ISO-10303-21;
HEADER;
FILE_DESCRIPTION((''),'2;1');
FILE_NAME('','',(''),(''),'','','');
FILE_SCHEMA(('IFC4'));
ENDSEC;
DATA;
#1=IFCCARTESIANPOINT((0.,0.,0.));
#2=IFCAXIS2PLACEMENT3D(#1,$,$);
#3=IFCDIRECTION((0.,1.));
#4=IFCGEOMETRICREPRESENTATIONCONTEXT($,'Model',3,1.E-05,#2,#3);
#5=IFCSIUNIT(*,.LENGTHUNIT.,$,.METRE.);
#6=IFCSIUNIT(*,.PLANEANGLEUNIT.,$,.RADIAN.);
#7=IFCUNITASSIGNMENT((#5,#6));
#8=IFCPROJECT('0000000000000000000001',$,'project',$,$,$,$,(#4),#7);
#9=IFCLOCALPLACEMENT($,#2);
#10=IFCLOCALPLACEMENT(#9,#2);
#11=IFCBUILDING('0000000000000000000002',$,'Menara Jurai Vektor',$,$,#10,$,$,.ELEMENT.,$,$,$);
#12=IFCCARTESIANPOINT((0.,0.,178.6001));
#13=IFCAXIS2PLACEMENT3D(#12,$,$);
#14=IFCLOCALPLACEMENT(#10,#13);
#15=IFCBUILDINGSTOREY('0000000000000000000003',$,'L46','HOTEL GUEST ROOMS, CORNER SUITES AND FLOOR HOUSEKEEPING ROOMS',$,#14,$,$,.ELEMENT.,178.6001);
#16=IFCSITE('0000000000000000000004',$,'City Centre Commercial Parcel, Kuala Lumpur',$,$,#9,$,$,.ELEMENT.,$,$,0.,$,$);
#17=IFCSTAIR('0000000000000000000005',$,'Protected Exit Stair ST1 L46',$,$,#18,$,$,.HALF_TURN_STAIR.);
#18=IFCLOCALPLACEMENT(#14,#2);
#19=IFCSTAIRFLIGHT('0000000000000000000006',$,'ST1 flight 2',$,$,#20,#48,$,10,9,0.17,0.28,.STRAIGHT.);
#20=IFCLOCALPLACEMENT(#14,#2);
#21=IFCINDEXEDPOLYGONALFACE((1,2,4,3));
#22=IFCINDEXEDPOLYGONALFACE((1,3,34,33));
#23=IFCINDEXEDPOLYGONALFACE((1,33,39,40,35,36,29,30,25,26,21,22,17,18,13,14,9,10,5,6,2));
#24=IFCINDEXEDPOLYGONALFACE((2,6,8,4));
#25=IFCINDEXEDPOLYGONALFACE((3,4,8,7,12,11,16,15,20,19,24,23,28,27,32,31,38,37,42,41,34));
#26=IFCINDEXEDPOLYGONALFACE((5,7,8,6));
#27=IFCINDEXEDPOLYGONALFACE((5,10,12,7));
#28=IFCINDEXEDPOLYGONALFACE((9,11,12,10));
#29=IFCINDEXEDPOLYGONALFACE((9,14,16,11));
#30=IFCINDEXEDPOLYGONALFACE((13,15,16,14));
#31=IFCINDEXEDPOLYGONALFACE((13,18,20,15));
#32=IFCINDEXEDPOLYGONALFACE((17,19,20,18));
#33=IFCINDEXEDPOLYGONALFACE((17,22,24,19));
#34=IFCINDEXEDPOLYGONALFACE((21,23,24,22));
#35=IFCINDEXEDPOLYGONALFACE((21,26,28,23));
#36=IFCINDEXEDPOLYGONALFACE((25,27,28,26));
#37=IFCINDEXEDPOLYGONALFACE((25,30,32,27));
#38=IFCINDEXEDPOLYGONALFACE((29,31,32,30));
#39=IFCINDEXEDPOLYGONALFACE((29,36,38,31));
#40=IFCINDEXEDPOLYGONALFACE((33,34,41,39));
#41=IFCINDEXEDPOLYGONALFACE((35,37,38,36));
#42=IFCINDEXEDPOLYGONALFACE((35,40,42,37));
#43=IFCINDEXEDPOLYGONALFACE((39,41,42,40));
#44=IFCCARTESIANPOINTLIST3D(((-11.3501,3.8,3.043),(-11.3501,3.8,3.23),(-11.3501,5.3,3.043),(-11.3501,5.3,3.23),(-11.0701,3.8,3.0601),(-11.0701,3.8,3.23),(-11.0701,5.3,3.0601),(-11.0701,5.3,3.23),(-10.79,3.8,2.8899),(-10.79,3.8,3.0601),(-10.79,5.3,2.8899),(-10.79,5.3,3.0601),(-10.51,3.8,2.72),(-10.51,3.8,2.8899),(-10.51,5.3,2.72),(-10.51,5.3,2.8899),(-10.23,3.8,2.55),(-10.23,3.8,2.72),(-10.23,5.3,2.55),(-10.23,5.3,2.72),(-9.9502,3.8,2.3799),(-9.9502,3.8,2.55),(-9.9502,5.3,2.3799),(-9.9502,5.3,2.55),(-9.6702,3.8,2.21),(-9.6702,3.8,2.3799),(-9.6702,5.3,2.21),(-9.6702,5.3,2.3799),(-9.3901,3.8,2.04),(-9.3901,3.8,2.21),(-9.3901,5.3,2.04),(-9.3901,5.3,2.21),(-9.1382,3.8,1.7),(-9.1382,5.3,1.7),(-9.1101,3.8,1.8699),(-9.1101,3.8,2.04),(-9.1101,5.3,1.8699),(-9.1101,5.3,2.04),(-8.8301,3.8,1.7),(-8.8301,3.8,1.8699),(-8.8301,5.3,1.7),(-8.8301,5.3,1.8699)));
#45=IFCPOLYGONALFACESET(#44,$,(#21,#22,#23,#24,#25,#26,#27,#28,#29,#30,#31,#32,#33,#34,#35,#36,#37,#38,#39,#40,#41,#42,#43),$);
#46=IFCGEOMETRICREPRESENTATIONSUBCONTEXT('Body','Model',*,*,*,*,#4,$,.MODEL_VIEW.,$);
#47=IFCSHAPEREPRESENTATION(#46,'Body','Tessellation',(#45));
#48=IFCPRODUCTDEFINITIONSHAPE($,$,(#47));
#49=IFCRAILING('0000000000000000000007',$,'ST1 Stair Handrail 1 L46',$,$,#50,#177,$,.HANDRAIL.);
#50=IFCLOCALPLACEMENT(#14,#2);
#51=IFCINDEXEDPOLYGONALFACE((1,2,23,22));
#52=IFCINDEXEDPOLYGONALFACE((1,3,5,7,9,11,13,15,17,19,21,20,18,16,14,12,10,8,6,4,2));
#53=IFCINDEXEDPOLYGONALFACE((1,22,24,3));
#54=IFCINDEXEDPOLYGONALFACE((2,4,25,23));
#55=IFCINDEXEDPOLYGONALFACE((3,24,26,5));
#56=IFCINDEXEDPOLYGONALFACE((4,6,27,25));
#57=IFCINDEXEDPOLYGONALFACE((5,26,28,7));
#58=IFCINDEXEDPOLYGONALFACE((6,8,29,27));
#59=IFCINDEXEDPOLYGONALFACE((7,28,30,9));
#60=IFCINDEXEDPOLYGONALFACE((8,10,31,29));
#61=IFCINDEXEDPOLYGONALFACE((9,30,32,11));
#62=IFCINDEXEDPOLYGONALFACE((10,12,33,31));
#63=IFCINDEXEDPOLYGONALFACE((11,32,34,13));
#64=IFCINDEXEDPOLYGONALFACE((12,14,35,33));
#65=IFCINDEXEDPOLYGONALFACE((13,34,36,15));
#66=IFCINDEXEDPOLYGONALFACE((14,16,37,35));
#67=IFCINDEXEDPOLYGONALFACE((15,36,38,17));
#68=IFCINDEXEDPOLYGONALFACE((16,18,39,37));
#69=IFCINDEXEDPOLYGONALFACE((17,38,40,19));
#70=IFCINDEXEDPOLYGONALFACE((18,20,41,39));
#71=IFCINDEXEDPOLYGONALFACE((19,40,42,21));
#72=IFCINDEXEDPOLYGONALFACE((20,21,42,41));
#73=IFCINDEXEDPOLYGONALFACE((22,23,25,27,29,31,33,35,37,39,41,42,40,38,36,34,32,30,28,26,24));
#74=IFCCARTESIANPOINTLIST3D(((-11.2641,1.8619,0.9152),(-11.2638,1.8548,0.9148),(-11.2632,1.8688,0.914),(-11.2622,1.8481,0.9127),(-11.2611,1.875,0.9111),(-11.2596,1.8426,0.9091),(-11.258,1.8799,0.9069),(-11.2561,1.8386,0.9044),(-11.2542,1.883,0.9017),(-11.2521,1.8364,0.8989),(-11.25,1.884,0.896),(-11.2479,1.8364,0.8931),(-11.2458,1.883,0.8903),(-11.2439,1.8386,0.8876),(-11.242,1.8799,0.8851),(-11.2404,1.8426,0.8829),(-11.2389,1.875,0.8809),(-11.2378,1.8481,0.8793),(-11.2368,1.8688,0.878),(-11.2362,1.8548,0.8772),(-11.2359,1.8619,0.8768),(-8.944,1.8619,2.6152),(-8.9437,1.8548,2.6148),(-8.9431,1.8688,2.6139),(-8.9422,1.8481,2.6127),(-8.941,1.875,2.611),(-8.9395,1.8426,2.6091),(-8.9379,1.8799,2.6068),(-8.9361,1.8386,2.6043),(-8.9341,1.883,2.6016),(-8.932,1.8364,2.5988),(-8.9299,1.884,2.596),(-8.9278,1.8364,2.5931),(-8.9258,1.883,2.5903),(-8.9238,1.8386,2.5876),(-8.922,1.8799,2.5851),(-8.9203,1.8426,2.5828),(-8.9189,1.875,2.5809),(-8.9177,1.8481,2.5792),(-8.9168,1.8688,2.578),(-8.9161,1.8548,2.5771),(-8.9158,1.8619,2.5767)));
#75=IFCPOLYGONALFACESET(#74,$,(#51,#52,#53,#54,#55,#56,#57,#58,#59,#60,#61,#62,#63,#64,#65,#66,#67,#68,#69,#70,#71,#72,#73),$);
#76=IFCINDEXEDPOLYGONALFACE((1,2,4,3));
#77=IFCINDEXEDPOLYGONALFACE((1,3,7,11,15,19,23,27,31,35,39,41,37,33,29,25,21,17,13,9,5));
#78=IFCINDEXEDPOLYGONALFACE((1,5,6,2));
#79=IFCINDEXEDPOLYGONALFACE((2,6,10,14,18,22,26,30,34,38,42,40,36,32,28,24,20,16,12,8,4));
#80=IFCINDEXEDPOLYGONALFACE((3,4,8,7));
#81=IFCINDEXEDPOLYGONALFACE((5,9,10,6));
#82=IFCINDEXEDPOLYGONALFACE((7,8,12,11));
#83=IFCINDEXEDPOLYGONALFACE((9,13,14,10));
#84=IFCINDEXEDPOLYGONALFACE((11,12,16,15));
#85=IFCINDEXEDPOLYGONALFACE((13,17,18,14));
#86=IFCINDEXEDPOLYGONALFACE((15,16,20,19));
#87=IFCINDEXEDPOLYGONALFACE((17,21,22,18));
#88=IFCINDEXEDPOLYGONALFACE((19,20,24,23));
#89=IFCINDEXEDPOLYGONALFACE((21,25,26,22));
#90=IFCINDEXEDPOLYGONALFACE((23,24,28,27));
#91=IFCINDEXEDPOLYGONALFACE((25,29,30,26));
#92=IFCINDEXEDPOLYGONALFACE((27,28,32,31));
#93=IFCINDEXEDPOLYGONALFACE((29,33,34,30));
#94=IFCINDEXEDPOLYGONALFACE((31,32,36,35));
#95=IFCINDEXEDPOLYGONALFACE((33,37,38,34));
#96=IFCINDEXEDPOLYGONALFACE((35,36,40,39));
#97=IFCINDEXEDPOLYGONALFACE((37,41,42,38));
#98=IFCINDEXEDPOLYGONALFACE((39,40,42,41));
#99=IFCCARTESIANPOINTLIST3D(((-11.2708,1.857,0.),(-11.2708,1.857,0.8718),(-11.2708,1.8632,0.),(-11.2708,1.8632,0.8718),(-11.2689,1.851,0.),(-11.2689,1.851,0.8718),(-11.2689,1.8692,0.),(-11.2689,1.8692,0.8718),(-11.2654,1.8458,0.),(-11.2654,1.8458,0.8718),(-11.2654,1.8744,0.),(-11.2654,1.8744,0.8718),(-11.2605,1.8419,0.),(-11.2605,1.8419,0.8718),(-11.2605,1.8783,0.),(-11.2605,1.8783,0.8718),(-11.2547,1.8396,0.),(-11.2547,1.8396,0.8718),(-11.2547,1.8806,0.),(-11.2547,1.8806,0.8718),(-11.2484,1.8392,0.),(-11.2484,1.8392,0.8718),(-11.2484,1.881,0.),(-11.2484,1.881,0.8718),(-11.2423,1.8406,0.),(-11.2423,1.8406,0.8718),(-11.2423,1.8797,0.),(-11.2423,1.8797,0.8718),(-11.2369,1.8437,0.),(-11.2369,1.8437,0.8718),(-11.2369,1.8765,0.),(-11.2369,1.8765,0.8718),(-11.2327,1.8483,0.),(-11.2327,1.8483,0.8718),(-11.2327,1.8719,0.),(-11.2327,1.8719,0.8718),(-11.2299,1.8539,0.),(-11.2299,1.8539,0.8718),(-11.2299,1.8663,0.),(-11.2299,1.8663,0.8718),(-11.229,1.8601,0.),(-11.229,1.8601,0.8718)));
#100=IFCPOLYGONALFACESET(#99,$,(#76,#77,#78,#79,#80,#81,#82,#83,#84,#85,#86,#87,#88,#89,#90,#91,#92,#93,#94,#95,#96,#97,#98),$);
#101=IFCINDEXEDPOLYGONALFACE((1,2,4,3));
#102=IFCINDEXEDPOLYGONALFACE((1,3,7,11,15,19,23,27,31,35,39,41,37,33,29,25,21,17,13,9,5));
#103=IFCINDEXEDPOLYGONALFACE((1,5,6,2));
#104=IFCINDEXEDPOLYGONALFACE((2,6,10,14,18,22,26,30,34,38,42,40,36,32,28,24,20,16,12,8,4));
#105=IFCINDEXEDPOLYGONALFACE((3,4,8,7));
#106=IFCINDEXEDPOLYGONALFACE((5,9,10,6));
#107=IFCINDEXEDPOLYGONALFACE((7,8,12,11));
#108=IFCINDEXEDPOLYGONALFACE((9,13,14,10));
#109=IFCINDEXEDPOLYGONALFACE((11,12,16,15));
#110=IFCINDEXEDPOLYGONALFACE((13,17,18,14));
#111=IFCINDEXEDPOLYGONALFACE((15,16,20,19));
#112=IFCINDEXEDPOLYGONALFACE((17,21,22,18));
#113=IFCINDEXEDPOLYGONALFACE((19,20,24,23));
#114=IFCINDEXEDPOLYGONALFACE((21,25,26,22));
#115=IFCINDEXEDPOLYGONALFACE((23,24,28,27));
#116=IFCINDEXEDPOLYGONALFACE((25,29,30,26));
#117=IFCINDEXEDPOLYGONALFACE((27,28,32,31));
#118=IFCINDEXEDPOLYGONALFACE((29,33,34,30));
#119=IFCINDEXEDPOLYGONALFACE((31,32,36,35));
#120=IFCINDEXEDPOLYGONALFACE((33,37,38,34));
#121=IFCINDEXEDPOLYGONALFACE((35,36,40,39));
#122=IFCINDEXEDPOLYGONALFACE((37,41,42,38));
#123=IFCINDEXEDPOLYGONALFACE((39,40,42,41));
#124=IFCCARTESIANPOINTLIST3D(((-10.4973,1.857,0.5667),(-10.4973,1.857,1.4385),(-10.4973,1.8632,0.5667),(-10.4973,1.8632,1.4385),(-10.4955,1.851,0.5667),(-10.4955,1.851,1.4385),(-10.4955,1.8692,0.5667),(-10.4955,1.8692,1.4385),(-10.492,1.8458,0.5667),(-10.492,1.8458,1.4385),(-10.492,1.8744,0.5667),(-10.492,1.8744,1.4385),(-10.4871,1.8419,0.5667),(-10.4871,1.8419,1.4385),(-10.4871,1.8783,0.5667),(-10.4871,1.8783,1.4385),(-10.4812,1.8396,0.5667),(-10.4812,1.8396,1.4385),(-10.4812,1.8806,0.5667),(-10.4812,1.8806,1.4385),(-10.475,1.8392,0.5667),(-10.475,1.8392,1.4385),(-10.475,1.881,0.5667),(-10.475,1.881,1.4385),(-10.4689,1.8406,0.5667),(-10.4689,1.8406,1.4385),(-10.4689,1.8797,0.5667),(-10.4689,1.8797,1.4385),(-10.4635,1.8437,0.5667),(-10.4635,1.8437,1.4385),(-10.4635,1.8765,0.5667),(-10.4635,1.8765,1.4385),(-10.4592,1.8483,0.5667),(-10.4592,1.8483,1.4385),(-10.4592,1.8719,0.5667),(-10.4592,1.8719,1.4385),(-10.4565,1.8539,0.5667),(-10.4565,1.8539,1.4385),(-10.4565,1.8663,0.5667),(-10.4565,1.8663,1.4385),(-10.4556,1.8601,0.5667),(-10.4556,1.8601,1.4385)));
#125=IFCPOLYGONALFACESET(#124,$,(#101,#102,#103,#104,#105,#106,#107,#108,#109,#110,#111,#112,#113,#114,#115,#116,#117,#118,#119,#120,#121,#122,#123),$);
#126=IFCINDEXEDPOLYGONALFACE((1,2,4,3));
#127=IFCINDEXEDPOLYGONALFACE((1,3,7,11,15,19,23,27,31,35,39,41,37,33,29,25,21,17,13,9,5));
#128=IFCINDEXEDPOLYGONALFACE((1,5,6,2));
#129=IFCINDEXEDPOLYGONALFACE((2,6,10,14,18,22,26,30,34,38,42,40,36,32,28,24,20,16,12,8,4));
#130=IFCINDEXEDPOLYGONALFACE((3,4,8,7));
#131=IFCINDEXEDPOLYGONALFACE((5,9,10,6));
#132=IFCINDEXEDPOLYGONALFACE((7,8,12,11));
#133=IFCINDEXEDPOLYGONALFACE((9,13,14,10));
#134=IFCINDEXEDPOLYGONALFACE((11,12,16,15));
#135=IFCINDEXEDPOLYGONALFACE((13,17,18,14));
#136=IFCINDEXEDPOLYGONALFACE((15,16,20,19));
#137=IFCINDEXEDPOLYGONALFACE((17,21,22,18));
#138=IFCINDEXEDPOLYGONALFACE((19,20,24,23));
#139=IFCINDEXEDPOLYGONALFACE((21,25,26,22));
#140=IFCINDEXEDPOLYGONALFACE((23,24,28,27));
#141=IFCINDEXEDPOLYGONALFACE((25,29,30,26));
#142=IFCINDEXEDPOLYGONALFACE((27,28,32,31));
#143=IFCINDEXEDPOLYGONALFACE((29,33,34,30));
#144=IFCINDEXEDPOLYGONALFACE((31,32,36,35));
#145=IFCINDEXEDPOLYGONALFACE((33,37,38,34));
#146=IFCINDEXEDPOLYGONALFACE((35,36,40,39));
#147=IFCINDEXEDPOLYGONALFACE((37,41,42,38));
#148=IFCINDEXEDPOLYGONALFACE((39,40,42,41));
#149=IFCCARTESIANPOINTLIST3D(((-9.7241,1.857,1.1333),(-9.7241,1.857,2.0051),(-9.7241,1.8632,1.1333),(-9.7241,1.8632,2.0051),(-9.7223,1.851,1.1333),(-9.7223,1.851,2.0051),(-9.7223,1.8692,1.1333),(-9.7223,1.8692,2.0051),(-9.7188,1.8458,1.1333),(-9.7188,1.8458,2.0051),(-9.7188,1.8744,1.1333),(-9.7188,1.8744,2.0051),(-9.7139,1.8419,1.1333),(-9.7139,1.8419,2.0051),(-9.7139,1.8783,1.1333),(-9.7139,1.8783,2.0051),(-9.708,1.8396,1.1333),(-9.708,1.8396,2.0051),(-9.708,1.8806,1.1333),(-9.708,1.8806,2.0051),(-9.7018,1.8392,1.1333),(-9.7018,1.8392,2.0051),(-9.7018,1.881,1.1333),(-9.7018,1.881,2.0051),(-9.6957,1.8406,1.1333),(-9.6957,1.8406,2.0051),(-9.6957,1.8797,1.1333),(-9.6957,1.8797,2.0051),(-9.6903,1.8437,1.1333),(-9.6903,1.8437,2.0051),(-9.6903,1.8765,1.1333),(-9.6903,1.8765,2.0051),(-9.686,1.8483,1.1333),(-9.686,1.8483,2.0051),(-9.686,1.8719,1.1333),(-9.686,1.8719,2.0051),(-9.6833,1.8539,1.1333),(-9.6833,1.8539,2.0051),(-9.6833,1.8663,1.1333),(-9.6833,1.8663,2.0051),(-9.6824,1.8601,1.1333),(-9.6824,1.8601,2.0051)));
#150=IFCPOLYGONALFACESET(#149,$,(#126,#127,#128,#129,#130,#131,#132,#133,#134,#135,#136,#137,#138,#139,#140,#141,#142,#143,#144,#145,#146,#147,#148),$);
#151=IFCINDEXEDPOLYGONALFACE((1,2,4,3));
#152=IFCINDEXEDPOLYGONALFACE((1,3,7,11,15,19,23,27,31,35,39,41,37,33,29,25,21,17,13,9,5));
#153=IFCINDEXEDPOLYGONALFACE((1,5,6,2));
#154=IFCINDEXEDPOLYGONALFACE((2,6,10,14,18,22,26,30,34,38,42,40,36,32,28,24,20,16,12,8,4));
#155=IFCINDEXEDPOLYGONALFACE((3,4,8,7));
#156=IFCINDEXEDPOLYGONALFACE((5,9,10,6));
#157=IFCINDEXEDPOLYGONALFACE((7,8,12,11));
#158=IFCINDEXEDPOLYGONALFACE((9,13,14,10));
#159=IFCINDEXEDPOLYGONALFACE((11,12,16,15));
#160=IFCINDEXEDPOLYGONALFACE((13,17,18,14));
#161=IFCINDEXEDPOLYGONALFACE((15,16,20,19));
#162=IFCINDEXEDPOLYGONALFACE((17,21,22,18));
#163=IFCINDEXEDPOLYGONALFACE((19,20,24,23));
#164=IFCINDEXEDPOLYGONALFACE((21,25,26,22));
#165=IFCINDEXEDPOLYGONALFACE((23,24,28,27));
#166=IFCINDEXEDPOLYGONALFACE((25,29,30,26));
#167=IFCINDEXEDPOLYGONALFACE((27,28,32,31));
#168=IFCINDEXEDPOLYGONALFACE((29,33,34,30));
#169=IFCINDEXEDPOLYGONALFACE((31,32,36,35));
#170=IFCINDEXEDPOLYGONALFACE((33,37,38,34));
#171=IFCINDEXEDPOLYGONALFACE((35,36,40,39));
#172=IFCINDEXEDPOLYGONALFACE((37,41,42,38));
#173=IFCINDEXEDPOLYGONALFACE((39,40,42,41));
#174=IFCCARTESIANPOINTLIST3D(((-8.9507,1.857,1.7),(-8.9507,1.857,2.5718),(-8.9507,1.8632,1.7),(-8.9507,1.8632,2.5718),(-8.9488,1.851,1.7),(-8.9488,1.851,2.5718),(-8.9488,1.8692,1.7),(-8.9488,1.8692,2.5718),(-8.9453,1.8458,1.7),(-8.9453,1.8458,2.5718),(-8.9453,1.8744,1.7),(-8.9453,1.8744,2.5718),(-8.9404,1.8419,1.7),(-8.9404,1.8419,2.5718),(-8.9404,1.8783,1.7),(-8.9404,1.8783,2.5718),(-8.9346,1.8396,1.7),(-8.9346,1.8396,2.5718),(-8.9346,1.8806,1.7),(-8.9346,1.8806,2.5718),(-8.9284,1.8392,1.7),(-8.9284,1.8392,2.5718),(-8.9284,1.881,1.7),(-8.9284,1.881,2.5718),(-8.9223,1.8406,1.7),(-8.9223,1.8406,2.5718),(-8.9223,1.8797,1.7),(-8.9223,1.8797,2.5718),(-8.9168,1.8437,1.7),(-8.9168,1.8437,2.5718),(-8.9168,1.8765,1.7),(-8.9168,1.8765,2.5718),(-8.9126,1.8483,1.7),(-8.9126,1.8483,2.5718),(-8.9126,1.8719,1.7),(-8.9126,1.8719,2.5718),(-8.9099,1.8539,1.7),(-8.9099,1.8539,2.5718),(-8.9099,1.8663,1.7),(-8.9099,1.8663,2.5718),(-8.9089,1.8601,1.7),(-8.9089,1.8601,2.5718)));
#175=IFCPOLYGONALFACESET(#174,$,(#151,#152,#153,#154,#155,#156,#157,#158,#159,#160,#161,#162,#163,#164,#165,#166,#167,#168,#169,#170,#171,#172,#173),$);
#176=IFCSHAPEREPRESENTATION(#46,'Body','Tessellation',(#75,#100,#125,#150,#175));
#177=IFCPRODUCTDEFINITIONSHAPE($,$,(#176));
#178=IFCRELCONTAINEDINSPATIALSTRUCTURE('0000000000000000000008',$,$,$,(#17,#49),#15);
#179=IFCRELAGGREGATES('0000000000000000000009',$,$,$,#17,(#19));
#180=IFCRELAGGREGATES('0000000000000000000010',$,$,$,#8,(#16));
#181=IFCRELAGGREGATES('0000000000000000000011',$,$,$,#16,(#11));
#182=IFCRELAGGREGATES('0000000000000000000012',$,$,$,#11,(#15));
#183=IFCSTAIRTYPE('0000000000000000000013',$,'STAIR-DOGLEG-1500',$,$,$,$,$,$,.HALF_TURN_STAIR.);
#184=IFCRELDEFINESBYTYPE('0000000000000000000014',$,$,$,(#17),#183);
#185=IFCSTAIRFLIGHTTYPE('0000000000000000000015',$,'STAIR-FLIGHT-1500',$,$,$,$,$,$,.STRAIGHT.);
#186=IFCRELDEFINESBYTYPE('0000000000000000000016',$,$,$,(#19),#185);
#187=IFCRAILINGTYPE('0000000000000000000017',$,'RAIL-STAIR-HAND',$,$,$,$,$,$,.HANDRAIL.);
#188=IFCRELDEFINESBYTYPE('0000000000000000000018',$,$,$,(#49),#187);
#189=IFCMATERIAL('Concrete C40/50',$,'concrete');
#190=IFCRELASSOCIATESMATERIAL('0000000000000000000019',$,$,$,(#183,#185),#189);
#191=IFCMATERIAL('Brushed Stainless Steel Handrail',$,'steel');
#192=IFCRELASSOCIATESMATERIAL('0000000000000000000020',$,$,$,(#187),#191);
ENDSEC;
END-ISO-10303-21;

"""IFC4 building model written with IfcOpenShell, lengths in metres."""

from ifc_helpers import new_model, si_unit, direction, frame, origin, origin_2d, place, context, subcontext, project, spatial, polyline, circle, outline, extrude, material, type_object, element, aggregate, save


model = new_model("IFC4")

# Units and contexts
model_context = context("Model", 3, precision=1e-05, world=origin(), true_north=direction((0.0, 1.0)))
body_context = subcontext(model_context, "Body", "Model", "MODEL_VIEW")
ifc_project = project(units=[si_unit("LENGTHUNIT", "METRE"), si_unit("PLANEANGLEUNIT", "RADIAN")], contexts=[model_context])

# Site, building, storey
site_placement = place(None, origin())
site = spatial("IfcSite", under=ifc_project, at=site_placement, Name="City Centre Commercial Parcel, Kuala Lumpur", CompositionType="ELEMENT", RefElevation=0.0)
building_placement = place(site_placement, origin())
building = spatial("IfcBuilding", under=site, at=building_placement, Name="Menara Jurai Vektor", CompositionType="ELEMENT")
storey_placement = place(building_placement, frame((0.0, 0.0, 178.6001)))
storey = spatial("IfcBuildingStorey", under=building, at=storey_placement, Name="L46", Description="HOTEL GUEST ROOMS, CORNER SUITES AND FLOOR HOUSEKEEPING ROOMS", CompositionType="ELEMENT", Elevation=178.6001)

# Shared definitions
ifc_material_1 = material(Name="Concrete C40/50", Category="concrete")

# Stair, stair flight
stair_type = type_object("IfcStairType", Name="STAIR-DOGLEG-1500", PredefinedType="HALF_TURN_STAIR", material=ifc_material_1)
stair_placement = place(storey_placement, origin())
stair = element("IfcStair", 1, at=stair_placement, inside=storey, type_object=stair_type, Name="Protected Exit Stair ST1 L46", PredefinedType="HALF_TURN_STAIR")
stair_flight_type = type_object("IfcStairFlightType", Name="STAIR-FLIGHT-1500", PredefinedType="STRAIGHT", material=ifc_material_1)
stair_flight_1_placement = place(storey_placement, frame((-8.8301, 4.55, 1.7), z_axis=(0.0, 0.0, 1.0), x_axis=(-1.0, 0.0, 0.0)))
stair_flight_1 = element("IfcStairFlight", 2, at=stair_flight_1_placement, type_object=stair_flight_type, Name="ST1 flight 2", NumberOfRisers=10, NumberOfTreads=9, PredefinedType="STRAIGHT", RiserHeight=0.17, TreadLength=0.28, context=body_context, shape_type="SweptSolid", body=[
    extrude(outline(polyline([(0.0, 0.0), (0.0, 0.1699), (0.28, 0.1699), (0.28, 0.3401), (0.5601, 0.3401), (0.5601, 0.51), (0.8401, 0.51), (0.8401, 0.6799), (1.1201, 0.6799), (1.1201, 0.8501), (1.3999, 0.8501), (1.3999, 1.02), (1.6799, 1.02), (1.6799, 1.1899), (1.96, 1.1899), (1.96, 1.3601), (2.24, 1.3601), (2.24, 1.53), (2.52, 1.53), (2.52, 1.7), (2.52, 1.343), (0.3081, 0.0), (0.0, 0.0)])), frame((0.0, 0.75, 0.0), z_axis=(0.0, -1.0, 0.0), x_axis=(1.0, 0.0, 0.0)), (0.0, 0.0, 1.0), 1.5),
])
aggregate(stair, [stair_flight_1])

# Railing
ifc_material_2 = material(Name="Brushed Stainless Steel Handrail", Category="steel")
railing_type_1 = type_object("IfcRailingType", Name="RAIL-STAIR-HAND", PredefinedType="HANDRAIL", material=ifc_material_2)
railing_1_placement = place(storey_placement, frame((-11.25, 1.8601, 0.0)))
element("IfcRailing", 3, at=railing_1_placement, inside=storey, type_object=railing_type_1, Name="ST1 Stair Handrail 1 L46", PredefinedType="HANDRAIL", context=body_context, shape_type="SweptSolid", body=[
    extrude(circle(Radius=0.0239, at=origin_2d()), frame((0.0, 0.0, 0.896), z_axis=(0.806642, 0.0, 0.59104), x_axis=(0.0, 1.0, 0.0)), (0.0, 0.0, 1.0), 2.8762),
    extrude(circle(Radius=0.021, at=origin_2d()), origin(), (0.0, 0.0, 1.0), 0.8718),
    extrude(circle(Radius=0.021, at=origin_2d()), frame((0.7734, 0.0, 0.5667)), (0.0, 0.0, 1.0), 0.8718),
    extrude(circle(Radius=0.021, at=origin_2d()), frame((1.5466, 0.0, 1.1333)), (0.0, 0.0, 1.0), 0.8718),
    extrude(circle(Radius=0.021, at=origin_2d()), frame((2.3201, 0.0, 1.7)), (0.0, 0.0, 1.0), 0.8718),
])

save(model, "model.ifc")
